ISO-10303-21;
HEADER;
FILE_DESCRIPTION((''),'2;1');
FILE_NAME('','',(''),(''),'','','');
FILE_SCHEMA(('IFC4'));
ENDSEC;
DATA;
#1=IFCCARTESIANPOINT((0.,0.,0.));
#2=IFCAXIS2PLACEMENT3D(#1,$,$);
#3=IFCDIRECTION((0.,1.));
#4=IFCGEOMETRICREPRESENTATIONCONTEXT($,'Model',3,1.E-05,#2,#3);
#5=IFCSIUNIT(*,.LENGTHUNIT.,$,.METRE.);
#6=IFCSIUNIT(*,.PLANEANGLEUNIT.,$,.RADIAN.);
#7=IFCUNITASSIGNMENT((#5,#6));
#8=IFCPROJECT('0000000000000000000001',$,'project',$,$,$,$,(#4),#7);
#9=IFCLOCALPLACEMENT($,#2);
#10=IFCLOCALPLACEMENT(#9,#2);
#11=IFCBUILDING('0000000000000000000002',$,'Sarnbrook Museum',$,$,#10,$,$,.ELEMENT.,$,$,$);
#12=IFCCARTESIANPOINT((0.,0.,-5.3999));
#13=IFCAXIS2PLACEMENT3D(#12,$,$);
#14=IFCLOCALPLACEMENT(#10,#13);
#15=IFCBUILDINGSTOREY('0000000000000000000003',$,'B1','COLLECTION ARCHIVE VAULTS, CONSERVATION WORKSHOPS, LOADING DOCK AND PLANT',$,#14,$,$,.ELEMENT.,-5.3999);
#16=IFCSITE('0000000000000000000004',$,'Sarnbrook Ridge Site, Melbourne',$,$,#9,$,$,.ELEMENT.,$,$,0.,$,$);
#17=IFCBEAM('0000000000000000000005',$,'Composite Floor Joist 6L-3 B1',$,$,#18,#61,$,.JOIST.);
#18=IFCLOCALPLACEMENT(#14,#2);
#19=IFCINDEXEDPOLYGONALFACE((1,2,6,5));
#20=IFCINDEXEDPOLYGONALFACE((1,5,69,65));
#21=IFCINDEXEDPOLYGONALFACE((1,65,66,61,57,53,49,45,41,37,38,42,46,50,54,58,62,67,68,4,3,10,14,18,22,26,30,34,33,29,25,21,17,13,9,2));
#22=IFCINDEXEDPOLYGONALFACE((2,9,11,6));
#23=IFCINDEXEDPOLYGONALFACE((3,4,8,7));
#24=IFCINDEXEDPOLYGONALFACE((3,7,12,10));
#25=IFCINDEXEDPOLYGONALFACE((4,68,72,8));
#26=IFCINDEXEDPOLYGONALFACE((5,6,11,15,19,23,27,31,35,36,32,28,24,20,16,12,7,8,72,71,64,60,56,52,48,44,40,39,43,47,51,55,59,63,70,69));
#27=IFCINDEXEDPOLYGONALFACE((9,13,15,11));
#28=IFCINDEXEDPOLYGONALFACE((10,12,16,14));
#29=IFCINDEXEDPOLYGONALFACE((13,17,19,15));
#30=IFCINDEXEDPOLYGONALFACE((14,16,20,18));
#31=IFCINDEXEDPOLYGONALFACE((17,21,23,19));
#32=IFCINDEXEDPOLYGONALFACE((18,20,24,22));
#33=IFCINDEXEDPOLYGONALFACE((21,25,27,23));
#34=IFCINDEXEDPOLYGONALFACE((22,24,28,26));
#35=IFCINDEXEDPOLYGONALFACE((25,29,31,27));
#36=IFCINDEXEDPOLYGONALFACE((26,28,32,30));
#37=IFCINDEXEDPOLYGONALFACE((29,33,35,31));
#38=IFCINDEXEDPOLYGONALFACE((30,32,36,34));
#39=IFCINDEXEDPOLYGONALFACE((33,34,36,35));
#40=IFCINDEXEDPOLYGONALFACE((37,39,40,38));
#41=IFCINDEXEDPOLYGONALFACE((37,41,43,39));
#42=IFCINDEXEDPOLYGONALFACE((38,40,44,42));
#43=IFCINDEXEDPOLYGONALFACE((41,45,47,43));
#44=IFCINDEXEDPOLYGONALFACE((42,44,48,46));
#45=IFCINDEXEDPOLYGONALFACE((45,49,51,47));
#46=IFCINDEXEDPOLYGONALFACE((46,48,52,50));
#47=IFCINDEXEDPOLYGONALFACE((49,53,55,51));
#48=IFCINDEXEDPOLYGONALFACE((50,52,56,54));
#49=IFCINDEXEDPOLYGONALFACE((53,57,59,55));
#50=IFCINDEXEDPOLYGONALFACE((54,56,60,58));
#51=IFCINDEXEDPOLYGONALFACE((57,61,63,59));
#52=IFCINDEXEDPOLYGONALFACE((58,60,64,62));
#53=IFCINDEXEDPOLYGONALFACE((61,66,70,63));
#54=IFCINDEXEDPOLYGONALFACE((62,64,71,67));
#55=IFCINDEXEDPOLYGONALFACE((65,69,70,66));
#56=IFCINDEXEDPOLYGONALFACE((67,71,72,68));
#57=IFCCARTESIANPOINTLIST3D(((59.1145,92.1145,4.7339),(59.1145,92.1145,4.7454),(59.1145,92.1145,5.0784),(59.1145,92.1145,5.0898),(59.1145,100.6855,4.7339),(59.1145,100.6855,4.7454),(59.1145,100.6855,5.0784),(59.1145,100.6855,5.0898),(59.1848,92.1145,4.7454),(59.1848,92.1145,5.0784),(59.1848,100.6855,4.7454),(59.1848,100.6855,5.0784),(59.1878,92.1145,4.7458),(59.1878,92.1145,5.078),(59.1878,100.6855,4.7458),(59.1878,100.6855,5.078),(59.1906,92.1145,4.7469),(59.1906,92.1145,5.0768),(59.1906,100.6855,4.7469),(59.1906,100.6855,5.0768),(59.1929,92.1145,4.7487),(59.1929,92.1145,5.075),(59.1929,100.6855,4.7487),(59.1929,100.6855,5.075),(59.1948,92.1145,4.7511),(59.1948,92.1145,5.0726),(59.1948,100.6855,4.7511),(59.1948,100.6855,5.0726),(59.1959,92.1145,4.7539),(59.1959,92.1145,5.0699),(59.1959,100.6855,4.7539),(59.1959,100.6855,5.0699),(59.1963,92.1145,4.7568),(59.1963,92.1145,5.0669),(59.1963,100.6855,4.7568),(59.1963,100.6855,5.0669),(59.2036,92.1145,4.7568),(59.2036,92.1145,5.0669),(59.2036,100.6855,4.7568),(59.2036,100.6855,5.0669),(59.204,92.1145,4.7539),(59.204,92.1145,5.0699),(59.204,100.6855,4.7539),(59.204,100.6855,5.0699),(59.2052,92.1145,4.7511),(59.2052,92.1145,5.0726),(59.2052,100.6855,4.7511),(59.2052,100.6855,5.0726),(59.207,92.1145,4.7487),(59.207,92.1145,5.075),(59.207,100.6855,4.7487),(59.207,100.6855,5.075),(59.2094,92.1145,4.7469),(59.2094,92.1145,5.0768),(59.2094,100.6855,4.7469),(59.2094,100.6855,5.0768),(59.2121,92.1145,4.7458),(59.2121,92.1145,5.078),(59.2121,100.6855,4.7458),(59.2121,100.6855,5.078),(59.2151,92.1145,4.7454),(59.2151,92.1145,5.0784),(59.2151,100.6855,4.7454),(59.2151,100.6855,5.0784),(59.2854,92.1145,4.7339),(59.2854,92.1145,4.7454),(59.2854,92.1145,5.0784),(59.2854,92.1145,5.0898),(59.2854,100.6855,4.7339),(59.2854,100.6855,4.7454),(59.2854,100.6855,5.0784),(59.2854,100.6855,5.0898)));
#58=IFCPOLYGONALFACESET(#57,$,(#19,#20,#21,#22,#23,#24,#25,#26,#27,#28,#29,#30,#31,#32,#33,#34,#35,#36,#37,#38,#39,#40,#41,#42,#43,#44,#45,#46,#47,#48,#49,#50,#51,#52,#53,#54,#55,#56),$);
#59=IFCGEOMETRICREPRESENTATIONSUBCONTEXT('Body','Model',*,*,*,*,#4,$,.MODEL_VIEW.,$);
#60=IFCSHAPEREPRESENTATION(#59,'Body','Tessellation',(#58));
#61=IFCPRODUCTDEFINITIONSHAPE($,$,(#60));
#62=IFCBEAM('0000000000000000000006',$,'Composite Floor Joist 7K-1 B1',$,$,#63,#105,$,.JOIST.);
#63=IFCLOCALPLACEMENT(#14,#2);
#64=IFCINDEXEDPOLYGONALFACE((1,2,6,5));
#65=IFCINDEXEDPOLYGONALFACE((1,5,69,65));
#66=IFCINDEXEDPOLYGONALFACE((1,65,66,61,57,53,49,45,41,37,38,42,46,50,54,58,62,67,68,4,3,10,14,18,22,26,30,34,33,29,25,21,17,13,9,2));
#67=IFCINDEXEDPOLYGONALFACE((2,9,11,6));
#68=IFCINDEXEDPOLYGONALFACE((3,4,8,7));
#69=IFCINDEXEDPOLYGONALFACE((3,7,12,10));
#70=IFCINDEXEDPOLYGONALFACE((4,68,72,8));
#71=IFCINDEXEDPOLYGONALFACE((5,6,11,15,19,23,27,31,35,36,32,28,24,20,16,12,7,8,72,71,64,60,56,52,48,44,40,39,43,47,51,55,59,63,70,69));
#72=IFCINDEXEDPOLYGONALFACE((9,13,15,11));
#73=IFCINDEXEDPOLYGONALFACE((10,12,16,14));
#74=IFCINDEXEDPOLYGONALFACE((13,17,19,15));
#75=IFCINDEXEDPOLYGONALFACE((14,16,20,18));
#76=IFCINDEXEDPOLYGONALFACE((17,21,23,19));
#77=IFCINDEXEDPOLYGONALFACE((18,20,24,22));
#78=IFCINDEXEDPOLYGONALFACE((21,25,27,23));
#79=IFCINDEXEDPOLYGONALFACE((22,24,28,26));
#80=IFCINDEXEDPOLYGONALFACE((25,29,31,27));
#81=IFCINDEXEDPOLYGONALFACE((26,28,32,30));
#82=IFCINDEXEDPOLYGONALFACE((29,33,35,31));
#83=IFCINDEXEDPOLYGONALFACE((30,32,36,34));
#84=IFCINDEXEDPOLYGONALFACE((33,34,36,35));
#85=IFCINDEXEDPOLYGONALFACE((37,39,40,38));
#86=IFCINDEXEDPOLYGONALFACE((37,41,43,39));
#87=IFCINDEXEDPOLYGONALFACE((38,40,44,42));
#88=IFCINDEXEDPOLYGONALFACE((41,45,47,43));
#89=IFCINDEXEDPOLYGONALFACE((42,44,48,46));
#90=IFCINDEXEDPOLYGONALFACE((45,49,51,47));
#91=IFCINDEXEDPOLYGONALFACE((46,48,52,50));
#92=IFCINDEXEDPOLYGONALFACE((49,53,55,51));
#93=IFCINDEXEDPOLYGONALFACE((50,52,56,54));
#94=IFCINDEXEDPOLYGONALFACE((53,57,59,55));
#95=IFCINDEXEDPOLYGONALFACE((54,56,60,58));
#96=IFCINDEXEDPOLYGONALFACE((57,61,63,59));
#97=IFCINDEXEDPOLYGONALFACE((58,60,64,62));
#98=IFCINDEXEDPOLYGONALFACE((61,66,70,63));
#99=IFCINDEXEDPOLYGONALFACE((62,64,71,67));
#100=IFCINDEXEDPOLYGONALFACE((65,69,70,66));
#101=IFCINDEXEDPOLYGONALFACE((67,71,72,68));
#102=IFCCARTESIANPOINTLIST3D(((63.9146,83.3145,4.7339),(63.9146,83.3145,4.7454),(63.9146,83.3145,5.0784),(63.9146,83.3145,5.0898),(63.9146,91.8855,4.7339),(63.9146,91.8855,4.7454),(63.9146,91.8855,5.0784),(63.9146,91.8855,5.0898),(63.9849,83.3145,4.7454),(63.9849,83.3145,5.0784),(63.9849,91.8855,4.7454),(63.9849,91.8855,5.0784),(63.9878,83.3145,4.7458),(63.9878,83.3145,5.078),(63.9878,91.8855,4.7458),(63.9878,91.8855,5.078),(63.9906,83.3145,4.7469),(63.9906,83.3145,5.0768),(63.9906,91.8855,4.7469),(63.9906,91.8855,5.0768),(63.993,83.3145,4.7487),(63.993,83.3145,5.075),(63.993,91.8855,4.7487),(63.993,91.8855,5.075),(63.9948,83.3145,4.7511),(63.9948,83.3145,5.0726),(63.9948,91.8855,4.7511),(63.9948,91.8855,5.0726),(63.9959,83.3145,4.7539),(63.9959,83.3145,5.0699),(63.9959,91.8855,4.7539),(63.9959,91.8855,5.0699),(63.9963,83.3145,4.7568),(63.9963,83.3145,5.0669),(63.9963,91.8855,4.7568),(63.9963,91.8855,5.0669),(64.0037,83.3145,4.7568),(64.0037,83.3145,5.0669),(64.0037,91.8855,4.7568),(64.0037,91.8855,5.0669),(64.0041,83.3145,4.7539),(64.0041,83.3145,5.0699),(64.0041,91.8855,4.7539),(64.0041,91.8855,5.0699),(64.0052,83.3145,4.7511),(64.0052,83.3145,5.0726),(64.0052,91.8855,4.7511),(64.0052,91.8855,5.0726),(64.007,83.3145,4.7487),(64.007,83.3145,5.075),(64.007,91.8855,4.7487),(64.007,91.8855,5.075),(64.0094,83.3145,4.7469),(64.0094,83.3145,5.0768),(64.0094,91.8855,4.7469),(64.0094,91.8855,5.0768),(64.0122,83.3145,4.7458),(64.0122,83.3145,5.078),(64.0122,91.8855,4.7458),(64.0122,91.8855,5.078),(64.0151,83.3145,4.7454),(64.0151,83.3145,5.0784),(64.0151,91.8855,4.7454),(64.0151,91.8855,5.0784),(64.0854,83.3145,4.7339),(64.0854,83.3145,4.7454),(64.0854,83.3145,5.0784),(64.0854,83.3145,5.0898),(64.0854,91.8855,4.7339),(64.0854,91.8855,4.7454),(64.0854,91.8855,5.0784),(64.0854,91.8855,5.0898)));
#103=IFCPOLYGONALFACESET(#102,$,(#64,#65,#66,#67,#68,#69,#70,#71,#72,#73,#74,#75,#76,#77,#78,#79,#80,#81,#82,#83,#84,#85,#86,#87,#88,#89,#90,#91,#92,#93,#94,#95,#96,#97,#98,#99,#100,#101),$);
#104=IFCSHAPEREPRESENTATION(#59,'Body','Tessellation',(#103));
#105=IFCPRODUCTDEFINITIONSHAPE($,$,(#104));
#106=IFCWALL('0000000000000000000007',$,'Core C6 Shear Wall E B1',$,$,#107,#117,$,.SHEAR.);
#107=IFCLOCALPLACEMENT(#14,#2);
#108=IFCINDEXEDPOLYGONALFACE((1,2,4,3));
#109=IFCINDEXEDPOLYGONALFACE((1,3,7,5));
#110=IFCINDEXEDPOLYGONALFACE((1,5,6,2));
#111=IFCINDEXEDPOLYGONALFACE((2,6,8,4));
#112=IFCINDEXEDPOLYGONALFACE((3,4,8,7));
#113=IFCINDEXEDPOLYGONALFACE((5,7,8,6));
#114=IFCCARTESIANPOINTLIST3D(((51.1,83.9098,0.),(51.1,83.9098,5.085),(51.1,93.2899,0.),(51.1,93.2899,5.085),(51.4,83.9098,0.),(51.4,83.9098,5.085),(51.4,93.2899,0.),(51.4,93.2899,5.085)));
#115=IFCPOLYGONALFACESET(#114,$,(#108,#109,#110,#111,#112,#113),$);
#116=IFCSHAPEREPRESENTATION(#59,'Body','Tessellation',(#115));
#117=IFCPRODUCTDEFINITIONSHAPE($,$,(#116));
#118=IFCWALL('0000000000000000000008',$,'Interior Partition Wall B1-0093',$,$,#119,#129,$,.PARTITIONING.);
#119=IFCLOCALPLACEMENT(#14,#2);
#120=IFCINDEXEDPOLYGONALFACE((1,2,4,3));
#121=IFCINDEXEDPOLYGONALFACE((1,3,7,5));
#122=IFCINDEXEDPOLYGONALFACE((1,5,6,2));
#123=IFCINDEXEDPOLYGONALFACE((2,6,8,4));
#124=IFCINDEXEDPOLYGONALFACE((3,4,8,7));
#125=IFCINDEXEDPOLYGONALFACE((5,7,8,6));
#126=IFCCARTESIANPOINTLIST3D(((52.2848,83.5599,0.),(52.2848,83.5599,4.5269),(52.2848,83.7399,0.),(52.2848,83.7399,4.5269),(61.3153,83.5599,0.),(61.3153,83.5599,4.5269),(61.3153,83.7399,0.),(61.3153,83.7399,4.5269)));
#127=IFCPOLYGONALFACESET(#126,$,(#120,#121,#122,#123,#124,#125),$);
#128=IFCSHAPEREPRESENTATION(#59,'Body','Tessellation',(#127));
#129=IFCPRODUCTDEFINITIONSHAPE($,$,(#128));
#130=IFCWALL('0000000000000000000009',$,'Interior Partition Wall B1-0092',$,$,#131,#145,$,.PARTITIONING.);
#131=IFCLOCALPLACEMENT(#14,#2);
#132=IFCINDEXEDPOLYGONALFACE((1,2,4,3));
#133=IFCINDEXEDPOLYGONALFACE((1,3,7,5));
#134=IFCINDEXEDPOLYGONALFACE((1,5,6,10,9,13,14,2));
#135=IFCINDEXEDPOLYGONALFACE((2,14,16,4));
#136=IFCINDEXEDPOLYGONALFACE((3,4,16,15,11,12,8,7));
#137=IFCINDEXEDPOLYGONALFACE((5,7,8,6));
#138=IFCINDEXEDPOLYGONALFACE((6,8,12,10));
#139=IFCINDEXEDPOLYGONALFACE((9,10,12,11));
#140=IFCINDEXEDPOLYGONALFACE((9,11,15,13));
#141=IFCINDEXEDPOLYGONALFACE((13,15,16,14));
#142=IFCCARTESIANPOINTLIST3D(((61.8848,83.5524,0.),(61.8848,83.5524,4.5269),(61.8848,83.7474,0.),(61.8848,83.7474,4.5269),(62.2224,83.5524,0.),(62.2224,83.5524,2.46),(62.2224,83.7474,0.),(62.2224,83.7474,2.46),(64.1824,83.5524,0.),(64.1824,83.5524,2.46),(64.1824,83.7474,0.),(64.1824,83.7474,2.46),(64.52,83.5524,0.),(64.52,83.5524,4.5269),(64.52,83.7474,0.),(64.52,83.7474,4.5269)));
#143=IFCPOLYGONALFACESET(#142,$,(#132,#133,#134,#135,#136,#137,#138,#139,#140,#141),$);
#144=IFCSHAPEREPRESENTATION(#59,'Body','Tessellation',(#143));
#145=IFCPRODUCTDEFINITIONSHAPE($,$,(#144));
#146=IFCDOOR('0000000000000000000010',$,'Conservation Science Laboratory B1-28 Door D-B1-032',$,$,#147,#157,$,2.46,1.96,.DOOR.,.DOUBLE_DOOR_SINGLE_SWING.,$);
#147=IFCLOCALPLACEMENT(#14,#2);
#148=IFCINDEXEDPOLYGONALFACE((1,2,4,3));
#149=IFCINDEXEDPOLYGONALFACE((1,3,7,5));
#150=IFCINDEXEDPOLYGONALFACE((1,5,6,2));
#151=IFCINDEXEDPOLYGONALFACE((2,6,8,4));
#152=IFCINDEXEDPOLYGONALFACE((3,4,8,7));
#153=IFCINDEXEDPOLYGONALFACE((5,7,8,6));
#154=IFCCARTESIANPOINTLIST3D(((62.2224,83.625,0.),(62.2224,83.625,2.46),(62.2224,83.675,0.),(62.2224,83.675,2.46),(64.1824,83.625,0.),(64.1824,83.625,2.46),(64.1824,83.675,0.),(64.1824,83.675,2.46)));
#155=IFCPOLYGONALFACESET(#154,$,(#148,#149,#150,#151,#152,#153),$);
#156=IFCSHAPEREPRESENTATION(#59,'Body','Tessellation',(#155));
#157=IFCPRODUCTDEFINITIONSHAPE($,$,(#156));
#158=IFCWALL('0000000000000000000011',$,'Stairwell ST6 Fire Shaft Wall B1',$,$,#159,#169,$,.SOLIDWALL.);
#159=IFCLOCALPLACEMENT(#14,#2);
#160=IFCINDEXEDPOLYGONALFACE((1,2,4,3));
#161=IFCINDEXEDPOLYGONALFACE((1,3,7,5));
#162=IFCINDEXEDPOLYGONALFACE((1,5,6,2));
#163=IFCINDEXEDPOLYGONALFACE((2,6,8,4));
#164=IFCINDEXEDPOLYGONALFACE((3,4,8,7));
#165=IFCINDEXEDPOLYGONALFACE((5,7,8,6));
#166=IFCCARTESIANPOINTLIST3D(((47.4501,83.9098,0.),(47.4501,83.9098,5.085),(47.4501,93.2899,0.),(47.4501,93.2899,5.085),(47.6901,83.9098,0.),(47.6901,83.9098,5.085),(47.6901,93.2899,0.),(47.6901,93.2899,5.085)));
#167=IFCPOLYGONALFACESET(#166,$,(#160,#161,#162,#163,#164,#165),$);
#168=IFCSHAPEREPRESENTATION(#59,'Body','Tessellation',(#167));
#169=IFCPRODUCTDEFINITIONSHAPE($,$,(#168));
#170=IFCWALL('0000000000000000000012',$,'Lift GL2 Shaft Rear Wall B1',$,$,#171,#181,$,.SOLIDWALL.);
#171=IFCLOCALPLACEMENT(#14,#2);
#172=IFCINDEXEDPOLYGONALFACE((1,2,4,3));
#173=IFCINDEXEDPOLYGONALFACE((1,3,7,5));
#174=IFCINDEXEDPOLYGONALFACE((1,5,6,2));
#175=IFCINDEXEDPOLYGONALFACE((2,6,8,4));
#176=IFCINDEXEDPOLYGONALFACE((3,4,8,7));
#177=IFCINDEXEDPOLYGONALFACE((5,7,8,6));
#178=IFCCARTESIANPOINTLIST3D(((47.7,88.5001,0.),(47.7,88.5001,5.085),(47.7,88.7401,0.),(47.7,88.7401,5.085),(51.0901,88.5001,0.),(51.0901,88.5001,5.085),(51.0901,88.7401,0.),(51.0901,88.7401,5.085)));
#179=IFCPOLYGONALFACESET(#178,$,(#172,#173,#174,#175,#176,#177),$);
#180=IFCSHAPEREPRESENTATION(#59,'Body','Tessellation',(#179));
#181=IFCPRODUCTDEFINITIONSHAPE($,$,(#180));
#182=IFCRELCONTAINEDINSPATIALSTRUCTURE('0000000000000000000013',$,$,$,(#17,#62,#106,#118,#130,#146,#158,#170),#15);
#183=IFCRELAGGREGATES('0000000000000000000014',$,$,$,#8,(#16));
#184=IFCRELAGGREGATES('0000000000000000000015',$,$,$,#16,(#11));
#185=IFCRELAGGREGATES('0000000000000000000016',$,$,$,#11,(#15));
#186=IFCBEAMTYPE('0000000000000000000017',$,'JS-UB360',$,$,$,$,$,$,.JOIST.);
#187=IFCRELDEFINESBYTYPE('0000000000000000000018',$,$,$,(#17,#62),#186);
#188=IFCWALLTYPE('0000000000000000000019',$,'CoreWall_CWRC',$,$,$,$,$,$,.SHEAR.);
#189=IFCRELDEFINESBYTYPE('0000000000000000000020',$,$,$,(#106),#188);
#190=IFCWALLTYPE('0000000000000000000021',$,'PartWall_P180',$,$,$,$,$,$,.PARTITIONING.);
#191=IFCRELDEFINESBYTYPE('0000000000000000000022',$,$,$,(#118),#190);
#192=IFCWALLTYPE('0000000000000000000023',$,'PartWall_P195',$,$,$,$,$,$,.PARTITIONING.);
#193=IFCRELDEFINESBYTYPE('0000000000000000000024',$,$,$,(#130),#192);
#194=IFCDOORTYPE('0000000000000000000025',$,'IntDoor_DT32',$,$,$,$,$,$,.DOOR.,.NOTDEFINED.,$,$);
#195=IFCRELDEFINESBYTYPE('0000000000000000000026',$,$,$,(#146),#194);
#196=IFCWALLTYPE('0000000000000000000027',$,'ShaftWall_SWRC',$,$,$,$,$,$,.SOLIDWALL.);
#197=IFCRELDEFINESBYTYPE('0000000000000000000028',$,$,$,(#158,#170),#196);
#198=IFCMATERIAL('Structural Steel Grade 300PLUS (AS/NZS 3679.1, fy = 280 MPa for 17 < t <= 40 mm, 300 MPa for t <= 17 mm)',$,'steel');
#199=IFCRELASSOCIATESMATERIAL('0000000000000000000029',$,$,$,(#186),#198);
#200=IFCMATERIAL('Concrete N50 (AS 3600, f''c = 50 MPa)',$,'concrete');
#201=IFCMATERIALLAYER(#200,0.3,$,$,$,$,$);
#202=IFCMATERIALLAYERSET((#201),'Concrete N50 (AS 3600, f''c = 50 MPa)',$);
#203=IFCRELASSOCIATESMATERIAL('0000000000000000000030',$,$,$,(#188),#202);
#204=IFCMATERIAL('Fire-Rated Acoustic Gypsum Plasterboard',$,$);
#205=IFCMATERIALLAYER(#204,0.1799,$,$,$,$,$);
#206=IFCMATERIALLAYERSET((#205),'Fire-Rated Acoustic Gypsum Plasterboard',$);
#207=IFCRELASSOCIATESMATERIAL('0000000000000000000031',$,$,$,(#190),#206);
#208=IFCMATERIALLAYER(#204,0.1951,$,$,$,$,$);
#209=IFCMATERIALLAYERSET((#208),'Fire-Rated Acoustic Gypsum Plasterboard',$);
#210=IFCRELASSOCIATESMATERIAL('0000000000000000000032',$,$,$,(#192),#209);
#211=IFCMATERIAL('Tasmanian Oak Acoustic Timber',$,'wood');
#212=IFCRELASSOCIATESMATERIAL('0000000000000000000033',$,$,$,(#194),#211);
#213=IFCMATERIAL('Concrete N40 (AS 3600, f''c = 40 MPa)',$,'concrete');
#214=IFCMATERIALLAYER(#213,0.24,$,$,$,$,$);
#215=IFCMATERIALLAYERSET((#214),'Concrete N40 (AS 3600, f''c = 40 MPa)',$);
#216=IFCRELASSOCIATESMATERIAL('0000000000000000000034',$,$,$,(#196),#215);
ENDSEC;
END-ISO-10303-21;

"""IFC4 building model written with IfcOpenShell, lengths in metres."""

from ifc_helpers import new_model, si_unit, direction, frame, frame_2d, origin, origin_2d, place, context, subcontext, project, spatial, rectangle, i_section, extrude, material, layer, layer_set, material_profile, profile_set, type_object, element, fill, save


model = new_model("IFC4")

# Units and contexts
model_context = context("Model", 3, precision=1e-05, world=origin(), true_north=direction((0.0, 1.0)))
body_context = subcontext(model_context, "Body", "Model", "MODEL_VIEW")
ifc_project = project(units=[si_unit("LENGTHUNIT", "METRE"), si_unit("PLANEANGLEUNIT", "RADIAN")], contexts=[model_context])

# Site, building, storey
site_placement = place(None, origin())
site = spatial("IfcSite", under=ifc_project, at=site_placement, Name="Sarnbrook Ridge Site, Melbourne", CompositionType="ELEMENT", RefElevation=0.0)
building_placement = place(site_placement, origin())
building = spatial("IfcBuilding", under=site, at=building_placement, Name="Sarnbrook Museum", CompositionType="ELEMENT")
storey_placement = place(building_placement, frame((0.0, 0.0, -5.3999)))
storey = spatial("IfcBuildingStorey", under=building, at=storey_placement, Name="B1", Description="COLLECTION ARCHIVE VAULTS, CONSERVATION WORKSHOPS, LOADING DOCK AND PLANT", CompositionType="ELEMENT", Elevation=-5.3999)

# Shared definitions
ifc_material_1 = material(Name="Concrete N50 (AS 3600, f'c = 50 MPa)", Category="concrete")

# Shared definitions
ifc_material_2 = material(Name="Concrete N40 (AS 3600, f'c = 40 MPa)", Category="concrete")

# Beams
ifc_material_3 = material(Name="Structural Steel Grade 300PLUS (AS/NZS 3679.1, fy = 280 MPa for 17 < t <= 40 mm, 300 MPa for t <= 17 mm)", Category="steel")
ifc_material_profile_1 = material_profile(ifc_material_3, i_section(OverallWidth=0.1709, OverallDepth=0.356, WebThickness=0.0073, FlangeThickness=0.0115, FilletRadius=0.0115, at=origin_2d()), Name="360UB50.7")
ifc_profile_set_1 = profile_set([ifc_material_profile_1], Name="Structural Steel Grade 300PLUS (AS/NZS 3679.1, fy = 280 MPa for 17 < t <= 40 mm, 300 MPa for t <= 17 mm)")
beam_type_1 = type_object("IfcBeamType", Name="JS-UB360", PredefinedType="JOIST", material=ifc_profile_set_1)
for number, where, z_axis, x_axis, name in (
    (1, (59.2, 92.1145, 4.9119), (0.0, 1.0, 0.0), (-1.0, 0.0, 0.0), "Composite Floor Joist 6L-3 B1"),
    (2, (64.0, 83.3145, 4.9119), (0.0, 1.0, 0.0), (-1.0, 0.0, 0.0), "Composite Floor Joist 7K-1 B1"),
):
    element("IfcBeam", number, at=place(storey_placement, frame(where, z_axis=z_axis, x_axis=x_axis)), inside=storey, type_object=beam_type_1, Name=name, PredefinedType="JOIST", context=body_context, shape_type="SweptSolid", body=[
        extrude(i_section(OverallWidth=0.1709, OverallDepth=0.356, WebThickness=0.0073, FlangeThickness=0.0115, FilletRadius=0.0115, at=origin_2d()), origin(), (0.0, 0.0, 1.0), 8.571),
    ])

# Walls
ifc_layer_1 = layer(ifc_material_1, 0.3)
ifc_layer_set_1 = layer_set([ifc_layer_1], Name="Concrete N50 (AS 3600, f'c = 50 MPa)")
wall_type_1 = type_object("IfcWallType", Name="CoreWall_CWRC", PredefinedType="SHEAR", material=ifc_layer_set_1)
wall_1_placement = place(storey_placement, frame((51.25, 83.9099, 0.0), z_axis=(0.0, 0.0, 1.0), x_axis=(0.0, 1.0, 0.0)))
element("IfcWall", 3, at=wall_1_placement, inside=storey, type_object=wall_type_1, Name="Core C6 Shear Wall E B1", PredefinedType="SHEAR", context=body_context, shape_type="SweptSolid", body=[
    extrude(rectangle(XDim=9.3801, YDim=0.3, at=frame_2d((4.6899, 0.0))), origin(), (0.0, 0.0, 1.0), 5.085),
])
ifc_material_4 = material(Name="Fire-Rated Acoustic Gypsum Plasterboard")
ifc_layer_2 = layer(ifc_material_4, 0.1799)
ifc_layer_set_2 = layer_set([ifc_layer_2], Name="Fire-Rated Acoustic Gypsum Plasterboard")
wall_type_2 = type_object("IfcWallType", Name="PartWall_P180", PredefinedType="PARTITIONING", material=ifc_layer_set_2)
wall_2_placement = place(storey_placement, frame((61.3152, 83.6499, 0.0), z_axis=(0.0, 0.0, 1.0), x_axis=(-1.0, 0.0, 0.0)))
element("IfcWall", 4, at=wall_2_placement, inside=storey, type_object=wall_type_2, Name="Interior Partition Wall B1-0093", PredefinedType="PARTITIONING", context=body_context, shape_type="SweptSolid", body=[
    extrude(rectangle(XDim=9.0305, YDim=0.1799, at=frame_2d((4.5151, 0.0))), origin(), (0.0, 0.0, 1.0), 4.5269),
])

# Wall, opening, door
ifc_layer_3 = layer(ifc_material_4, 0.1951)
ifc_layer_set_3 = layer_set([ifc_layer_3], Name="Fire-Rated Acoustic Gypsum Plasterboard")
wall_type_3 = type_object("IfcWallType", Name="PartWall_P195", PredefinedType="PARTITIONING", material=ifc_layer_set_3)
wall_3_placement = place(storey_placement, frame((64.52, 83.6499, 0.0), z_axis=(0.0, 0.0, 1.0), x_axis=(-1.0, 0.0, 0.0)))
wall_3 = element("IfcWall", 5, at=wall_3_placement, inside=storey, type_object=wall_type_3, Name="Interior Partition Wall B1-0092", PredefinedType="PARTITIONING", context=body_context, shape_type="SweptSolid", body=[
    extrude(rectangle(XDim=2.6353, YDim=0.1951, at=frame_2d((1.3176, 0.0))), origin(), (0.0, 0.0, 1.0), 4.5269),
])
opening_placement = place(wall_3_placement, frame((0.3376, 0.0, 0.0)))
opening = element("IfcOpeningElement", 6, at=opening_placement, cuts=wall_3, PredefinedType="OPENING", context=body_context, shape_type="SweptSolid", body=[
    extrude(rectangle(XDim=1.96, YDim=2.46, at=frame_2d((0.98, 1.23))), frame((0.0, 0.1074, 0.0), z_axis=(0.0, -1.0, 0.0), x_axis=(1.0, 0.0, 0.0)), (0.0, 0.0, 1.0), 0.2151),
])
ifc_material_5 = material(Name="Tasmanian Oak Acoustic Timber", Category="wood")
door_type = type_object("IfcDoorType", Name="IntDoor_DT32", OperationType="NOTDEFINED", PredefinedType="DOOR", material=ifc_material_5)
door_placement = place(opening_placement, origin())
door = element("IfcDoor", 7, at=door_placement, inside=storey, type_object=door_type, Name="Conservation Science Laboratory B1-28 Door D-B1-032", OperationType="DOUBLE_DOOR_SINGLE_SWING", OverallHeight=2.46, OverallWidth=1.96, PredefinedType="DOOR", context=body_context, shape_type="SweptSolid", body=[
    extrude(rectangle(XDim=1.96, YDim=2.46, at=frame_2d((0.98, 1.23))), frame((0.0, 0.0249, 0.0), z_axis=(0.0, -1.0, 0.0), x_axis=(1.0, 0.0, 0.0)), (0.0, 0.0, 1.0), 0.05),
])
fill(opening, door)

# Walls
ifc_layer_4 = layer(ifc_material_2, 0.24)
ifc_layer_set_4 = layer_set([ifc_layer_4], Name="Concrete N40 (AS 3600, f'c = 40 MPa)")
wall_type_4 = type_object("IfcWallType", Name="ShaftWall_SWRC", PredefinedType="SOLIDWALL", material=ifc_layer_set_4)
wall_4_placement = place(storey_placement, frame((47.5701, 83.9099, 0.0), z_axis=(0.0, 0.0, 1.0), x_axis=(0.0, 1.0, 0.0)))
element("IfcWall", 8, at=wall_4_placement, inside=storey, type_object=wall_type_4, Name="Stairwell ST6 Fire Shaft Wall B1", PredefinedType="SOLIDWALL", context=body_context, shape_type="SweptSolid", body=[
    extrude(rectangle(XDim=9.3801, YDim=0.24, at=frame_2d((4.6899, 0.0))), origin(), (0.0, 0.0, 1.0), 5.085),
])
wall_5_placement = place(storey_placement, frame((47.7, 88.6201, 0.0), z_axis=(0.0, 0.0, 1.0), x_axis=(1.0, 0.0, 0.0)))
element("IfcWall", 9, at=wall_5_placement, inside=storey, type_object=wall_type_4, Name="Lift GL2 Shaft Rear Wall B1", PredefinedType="SOLIDWALL", context=body_context, shape_type="SweptSolid", body=[
    extrude(rectangle(XDim=3.3901, YDim=0.24, at=frame_2d((1.6951, 0.0))), origin(), (0.0, 0.0, 1.0), 5.085),
])

save(model, "model.ifc")
